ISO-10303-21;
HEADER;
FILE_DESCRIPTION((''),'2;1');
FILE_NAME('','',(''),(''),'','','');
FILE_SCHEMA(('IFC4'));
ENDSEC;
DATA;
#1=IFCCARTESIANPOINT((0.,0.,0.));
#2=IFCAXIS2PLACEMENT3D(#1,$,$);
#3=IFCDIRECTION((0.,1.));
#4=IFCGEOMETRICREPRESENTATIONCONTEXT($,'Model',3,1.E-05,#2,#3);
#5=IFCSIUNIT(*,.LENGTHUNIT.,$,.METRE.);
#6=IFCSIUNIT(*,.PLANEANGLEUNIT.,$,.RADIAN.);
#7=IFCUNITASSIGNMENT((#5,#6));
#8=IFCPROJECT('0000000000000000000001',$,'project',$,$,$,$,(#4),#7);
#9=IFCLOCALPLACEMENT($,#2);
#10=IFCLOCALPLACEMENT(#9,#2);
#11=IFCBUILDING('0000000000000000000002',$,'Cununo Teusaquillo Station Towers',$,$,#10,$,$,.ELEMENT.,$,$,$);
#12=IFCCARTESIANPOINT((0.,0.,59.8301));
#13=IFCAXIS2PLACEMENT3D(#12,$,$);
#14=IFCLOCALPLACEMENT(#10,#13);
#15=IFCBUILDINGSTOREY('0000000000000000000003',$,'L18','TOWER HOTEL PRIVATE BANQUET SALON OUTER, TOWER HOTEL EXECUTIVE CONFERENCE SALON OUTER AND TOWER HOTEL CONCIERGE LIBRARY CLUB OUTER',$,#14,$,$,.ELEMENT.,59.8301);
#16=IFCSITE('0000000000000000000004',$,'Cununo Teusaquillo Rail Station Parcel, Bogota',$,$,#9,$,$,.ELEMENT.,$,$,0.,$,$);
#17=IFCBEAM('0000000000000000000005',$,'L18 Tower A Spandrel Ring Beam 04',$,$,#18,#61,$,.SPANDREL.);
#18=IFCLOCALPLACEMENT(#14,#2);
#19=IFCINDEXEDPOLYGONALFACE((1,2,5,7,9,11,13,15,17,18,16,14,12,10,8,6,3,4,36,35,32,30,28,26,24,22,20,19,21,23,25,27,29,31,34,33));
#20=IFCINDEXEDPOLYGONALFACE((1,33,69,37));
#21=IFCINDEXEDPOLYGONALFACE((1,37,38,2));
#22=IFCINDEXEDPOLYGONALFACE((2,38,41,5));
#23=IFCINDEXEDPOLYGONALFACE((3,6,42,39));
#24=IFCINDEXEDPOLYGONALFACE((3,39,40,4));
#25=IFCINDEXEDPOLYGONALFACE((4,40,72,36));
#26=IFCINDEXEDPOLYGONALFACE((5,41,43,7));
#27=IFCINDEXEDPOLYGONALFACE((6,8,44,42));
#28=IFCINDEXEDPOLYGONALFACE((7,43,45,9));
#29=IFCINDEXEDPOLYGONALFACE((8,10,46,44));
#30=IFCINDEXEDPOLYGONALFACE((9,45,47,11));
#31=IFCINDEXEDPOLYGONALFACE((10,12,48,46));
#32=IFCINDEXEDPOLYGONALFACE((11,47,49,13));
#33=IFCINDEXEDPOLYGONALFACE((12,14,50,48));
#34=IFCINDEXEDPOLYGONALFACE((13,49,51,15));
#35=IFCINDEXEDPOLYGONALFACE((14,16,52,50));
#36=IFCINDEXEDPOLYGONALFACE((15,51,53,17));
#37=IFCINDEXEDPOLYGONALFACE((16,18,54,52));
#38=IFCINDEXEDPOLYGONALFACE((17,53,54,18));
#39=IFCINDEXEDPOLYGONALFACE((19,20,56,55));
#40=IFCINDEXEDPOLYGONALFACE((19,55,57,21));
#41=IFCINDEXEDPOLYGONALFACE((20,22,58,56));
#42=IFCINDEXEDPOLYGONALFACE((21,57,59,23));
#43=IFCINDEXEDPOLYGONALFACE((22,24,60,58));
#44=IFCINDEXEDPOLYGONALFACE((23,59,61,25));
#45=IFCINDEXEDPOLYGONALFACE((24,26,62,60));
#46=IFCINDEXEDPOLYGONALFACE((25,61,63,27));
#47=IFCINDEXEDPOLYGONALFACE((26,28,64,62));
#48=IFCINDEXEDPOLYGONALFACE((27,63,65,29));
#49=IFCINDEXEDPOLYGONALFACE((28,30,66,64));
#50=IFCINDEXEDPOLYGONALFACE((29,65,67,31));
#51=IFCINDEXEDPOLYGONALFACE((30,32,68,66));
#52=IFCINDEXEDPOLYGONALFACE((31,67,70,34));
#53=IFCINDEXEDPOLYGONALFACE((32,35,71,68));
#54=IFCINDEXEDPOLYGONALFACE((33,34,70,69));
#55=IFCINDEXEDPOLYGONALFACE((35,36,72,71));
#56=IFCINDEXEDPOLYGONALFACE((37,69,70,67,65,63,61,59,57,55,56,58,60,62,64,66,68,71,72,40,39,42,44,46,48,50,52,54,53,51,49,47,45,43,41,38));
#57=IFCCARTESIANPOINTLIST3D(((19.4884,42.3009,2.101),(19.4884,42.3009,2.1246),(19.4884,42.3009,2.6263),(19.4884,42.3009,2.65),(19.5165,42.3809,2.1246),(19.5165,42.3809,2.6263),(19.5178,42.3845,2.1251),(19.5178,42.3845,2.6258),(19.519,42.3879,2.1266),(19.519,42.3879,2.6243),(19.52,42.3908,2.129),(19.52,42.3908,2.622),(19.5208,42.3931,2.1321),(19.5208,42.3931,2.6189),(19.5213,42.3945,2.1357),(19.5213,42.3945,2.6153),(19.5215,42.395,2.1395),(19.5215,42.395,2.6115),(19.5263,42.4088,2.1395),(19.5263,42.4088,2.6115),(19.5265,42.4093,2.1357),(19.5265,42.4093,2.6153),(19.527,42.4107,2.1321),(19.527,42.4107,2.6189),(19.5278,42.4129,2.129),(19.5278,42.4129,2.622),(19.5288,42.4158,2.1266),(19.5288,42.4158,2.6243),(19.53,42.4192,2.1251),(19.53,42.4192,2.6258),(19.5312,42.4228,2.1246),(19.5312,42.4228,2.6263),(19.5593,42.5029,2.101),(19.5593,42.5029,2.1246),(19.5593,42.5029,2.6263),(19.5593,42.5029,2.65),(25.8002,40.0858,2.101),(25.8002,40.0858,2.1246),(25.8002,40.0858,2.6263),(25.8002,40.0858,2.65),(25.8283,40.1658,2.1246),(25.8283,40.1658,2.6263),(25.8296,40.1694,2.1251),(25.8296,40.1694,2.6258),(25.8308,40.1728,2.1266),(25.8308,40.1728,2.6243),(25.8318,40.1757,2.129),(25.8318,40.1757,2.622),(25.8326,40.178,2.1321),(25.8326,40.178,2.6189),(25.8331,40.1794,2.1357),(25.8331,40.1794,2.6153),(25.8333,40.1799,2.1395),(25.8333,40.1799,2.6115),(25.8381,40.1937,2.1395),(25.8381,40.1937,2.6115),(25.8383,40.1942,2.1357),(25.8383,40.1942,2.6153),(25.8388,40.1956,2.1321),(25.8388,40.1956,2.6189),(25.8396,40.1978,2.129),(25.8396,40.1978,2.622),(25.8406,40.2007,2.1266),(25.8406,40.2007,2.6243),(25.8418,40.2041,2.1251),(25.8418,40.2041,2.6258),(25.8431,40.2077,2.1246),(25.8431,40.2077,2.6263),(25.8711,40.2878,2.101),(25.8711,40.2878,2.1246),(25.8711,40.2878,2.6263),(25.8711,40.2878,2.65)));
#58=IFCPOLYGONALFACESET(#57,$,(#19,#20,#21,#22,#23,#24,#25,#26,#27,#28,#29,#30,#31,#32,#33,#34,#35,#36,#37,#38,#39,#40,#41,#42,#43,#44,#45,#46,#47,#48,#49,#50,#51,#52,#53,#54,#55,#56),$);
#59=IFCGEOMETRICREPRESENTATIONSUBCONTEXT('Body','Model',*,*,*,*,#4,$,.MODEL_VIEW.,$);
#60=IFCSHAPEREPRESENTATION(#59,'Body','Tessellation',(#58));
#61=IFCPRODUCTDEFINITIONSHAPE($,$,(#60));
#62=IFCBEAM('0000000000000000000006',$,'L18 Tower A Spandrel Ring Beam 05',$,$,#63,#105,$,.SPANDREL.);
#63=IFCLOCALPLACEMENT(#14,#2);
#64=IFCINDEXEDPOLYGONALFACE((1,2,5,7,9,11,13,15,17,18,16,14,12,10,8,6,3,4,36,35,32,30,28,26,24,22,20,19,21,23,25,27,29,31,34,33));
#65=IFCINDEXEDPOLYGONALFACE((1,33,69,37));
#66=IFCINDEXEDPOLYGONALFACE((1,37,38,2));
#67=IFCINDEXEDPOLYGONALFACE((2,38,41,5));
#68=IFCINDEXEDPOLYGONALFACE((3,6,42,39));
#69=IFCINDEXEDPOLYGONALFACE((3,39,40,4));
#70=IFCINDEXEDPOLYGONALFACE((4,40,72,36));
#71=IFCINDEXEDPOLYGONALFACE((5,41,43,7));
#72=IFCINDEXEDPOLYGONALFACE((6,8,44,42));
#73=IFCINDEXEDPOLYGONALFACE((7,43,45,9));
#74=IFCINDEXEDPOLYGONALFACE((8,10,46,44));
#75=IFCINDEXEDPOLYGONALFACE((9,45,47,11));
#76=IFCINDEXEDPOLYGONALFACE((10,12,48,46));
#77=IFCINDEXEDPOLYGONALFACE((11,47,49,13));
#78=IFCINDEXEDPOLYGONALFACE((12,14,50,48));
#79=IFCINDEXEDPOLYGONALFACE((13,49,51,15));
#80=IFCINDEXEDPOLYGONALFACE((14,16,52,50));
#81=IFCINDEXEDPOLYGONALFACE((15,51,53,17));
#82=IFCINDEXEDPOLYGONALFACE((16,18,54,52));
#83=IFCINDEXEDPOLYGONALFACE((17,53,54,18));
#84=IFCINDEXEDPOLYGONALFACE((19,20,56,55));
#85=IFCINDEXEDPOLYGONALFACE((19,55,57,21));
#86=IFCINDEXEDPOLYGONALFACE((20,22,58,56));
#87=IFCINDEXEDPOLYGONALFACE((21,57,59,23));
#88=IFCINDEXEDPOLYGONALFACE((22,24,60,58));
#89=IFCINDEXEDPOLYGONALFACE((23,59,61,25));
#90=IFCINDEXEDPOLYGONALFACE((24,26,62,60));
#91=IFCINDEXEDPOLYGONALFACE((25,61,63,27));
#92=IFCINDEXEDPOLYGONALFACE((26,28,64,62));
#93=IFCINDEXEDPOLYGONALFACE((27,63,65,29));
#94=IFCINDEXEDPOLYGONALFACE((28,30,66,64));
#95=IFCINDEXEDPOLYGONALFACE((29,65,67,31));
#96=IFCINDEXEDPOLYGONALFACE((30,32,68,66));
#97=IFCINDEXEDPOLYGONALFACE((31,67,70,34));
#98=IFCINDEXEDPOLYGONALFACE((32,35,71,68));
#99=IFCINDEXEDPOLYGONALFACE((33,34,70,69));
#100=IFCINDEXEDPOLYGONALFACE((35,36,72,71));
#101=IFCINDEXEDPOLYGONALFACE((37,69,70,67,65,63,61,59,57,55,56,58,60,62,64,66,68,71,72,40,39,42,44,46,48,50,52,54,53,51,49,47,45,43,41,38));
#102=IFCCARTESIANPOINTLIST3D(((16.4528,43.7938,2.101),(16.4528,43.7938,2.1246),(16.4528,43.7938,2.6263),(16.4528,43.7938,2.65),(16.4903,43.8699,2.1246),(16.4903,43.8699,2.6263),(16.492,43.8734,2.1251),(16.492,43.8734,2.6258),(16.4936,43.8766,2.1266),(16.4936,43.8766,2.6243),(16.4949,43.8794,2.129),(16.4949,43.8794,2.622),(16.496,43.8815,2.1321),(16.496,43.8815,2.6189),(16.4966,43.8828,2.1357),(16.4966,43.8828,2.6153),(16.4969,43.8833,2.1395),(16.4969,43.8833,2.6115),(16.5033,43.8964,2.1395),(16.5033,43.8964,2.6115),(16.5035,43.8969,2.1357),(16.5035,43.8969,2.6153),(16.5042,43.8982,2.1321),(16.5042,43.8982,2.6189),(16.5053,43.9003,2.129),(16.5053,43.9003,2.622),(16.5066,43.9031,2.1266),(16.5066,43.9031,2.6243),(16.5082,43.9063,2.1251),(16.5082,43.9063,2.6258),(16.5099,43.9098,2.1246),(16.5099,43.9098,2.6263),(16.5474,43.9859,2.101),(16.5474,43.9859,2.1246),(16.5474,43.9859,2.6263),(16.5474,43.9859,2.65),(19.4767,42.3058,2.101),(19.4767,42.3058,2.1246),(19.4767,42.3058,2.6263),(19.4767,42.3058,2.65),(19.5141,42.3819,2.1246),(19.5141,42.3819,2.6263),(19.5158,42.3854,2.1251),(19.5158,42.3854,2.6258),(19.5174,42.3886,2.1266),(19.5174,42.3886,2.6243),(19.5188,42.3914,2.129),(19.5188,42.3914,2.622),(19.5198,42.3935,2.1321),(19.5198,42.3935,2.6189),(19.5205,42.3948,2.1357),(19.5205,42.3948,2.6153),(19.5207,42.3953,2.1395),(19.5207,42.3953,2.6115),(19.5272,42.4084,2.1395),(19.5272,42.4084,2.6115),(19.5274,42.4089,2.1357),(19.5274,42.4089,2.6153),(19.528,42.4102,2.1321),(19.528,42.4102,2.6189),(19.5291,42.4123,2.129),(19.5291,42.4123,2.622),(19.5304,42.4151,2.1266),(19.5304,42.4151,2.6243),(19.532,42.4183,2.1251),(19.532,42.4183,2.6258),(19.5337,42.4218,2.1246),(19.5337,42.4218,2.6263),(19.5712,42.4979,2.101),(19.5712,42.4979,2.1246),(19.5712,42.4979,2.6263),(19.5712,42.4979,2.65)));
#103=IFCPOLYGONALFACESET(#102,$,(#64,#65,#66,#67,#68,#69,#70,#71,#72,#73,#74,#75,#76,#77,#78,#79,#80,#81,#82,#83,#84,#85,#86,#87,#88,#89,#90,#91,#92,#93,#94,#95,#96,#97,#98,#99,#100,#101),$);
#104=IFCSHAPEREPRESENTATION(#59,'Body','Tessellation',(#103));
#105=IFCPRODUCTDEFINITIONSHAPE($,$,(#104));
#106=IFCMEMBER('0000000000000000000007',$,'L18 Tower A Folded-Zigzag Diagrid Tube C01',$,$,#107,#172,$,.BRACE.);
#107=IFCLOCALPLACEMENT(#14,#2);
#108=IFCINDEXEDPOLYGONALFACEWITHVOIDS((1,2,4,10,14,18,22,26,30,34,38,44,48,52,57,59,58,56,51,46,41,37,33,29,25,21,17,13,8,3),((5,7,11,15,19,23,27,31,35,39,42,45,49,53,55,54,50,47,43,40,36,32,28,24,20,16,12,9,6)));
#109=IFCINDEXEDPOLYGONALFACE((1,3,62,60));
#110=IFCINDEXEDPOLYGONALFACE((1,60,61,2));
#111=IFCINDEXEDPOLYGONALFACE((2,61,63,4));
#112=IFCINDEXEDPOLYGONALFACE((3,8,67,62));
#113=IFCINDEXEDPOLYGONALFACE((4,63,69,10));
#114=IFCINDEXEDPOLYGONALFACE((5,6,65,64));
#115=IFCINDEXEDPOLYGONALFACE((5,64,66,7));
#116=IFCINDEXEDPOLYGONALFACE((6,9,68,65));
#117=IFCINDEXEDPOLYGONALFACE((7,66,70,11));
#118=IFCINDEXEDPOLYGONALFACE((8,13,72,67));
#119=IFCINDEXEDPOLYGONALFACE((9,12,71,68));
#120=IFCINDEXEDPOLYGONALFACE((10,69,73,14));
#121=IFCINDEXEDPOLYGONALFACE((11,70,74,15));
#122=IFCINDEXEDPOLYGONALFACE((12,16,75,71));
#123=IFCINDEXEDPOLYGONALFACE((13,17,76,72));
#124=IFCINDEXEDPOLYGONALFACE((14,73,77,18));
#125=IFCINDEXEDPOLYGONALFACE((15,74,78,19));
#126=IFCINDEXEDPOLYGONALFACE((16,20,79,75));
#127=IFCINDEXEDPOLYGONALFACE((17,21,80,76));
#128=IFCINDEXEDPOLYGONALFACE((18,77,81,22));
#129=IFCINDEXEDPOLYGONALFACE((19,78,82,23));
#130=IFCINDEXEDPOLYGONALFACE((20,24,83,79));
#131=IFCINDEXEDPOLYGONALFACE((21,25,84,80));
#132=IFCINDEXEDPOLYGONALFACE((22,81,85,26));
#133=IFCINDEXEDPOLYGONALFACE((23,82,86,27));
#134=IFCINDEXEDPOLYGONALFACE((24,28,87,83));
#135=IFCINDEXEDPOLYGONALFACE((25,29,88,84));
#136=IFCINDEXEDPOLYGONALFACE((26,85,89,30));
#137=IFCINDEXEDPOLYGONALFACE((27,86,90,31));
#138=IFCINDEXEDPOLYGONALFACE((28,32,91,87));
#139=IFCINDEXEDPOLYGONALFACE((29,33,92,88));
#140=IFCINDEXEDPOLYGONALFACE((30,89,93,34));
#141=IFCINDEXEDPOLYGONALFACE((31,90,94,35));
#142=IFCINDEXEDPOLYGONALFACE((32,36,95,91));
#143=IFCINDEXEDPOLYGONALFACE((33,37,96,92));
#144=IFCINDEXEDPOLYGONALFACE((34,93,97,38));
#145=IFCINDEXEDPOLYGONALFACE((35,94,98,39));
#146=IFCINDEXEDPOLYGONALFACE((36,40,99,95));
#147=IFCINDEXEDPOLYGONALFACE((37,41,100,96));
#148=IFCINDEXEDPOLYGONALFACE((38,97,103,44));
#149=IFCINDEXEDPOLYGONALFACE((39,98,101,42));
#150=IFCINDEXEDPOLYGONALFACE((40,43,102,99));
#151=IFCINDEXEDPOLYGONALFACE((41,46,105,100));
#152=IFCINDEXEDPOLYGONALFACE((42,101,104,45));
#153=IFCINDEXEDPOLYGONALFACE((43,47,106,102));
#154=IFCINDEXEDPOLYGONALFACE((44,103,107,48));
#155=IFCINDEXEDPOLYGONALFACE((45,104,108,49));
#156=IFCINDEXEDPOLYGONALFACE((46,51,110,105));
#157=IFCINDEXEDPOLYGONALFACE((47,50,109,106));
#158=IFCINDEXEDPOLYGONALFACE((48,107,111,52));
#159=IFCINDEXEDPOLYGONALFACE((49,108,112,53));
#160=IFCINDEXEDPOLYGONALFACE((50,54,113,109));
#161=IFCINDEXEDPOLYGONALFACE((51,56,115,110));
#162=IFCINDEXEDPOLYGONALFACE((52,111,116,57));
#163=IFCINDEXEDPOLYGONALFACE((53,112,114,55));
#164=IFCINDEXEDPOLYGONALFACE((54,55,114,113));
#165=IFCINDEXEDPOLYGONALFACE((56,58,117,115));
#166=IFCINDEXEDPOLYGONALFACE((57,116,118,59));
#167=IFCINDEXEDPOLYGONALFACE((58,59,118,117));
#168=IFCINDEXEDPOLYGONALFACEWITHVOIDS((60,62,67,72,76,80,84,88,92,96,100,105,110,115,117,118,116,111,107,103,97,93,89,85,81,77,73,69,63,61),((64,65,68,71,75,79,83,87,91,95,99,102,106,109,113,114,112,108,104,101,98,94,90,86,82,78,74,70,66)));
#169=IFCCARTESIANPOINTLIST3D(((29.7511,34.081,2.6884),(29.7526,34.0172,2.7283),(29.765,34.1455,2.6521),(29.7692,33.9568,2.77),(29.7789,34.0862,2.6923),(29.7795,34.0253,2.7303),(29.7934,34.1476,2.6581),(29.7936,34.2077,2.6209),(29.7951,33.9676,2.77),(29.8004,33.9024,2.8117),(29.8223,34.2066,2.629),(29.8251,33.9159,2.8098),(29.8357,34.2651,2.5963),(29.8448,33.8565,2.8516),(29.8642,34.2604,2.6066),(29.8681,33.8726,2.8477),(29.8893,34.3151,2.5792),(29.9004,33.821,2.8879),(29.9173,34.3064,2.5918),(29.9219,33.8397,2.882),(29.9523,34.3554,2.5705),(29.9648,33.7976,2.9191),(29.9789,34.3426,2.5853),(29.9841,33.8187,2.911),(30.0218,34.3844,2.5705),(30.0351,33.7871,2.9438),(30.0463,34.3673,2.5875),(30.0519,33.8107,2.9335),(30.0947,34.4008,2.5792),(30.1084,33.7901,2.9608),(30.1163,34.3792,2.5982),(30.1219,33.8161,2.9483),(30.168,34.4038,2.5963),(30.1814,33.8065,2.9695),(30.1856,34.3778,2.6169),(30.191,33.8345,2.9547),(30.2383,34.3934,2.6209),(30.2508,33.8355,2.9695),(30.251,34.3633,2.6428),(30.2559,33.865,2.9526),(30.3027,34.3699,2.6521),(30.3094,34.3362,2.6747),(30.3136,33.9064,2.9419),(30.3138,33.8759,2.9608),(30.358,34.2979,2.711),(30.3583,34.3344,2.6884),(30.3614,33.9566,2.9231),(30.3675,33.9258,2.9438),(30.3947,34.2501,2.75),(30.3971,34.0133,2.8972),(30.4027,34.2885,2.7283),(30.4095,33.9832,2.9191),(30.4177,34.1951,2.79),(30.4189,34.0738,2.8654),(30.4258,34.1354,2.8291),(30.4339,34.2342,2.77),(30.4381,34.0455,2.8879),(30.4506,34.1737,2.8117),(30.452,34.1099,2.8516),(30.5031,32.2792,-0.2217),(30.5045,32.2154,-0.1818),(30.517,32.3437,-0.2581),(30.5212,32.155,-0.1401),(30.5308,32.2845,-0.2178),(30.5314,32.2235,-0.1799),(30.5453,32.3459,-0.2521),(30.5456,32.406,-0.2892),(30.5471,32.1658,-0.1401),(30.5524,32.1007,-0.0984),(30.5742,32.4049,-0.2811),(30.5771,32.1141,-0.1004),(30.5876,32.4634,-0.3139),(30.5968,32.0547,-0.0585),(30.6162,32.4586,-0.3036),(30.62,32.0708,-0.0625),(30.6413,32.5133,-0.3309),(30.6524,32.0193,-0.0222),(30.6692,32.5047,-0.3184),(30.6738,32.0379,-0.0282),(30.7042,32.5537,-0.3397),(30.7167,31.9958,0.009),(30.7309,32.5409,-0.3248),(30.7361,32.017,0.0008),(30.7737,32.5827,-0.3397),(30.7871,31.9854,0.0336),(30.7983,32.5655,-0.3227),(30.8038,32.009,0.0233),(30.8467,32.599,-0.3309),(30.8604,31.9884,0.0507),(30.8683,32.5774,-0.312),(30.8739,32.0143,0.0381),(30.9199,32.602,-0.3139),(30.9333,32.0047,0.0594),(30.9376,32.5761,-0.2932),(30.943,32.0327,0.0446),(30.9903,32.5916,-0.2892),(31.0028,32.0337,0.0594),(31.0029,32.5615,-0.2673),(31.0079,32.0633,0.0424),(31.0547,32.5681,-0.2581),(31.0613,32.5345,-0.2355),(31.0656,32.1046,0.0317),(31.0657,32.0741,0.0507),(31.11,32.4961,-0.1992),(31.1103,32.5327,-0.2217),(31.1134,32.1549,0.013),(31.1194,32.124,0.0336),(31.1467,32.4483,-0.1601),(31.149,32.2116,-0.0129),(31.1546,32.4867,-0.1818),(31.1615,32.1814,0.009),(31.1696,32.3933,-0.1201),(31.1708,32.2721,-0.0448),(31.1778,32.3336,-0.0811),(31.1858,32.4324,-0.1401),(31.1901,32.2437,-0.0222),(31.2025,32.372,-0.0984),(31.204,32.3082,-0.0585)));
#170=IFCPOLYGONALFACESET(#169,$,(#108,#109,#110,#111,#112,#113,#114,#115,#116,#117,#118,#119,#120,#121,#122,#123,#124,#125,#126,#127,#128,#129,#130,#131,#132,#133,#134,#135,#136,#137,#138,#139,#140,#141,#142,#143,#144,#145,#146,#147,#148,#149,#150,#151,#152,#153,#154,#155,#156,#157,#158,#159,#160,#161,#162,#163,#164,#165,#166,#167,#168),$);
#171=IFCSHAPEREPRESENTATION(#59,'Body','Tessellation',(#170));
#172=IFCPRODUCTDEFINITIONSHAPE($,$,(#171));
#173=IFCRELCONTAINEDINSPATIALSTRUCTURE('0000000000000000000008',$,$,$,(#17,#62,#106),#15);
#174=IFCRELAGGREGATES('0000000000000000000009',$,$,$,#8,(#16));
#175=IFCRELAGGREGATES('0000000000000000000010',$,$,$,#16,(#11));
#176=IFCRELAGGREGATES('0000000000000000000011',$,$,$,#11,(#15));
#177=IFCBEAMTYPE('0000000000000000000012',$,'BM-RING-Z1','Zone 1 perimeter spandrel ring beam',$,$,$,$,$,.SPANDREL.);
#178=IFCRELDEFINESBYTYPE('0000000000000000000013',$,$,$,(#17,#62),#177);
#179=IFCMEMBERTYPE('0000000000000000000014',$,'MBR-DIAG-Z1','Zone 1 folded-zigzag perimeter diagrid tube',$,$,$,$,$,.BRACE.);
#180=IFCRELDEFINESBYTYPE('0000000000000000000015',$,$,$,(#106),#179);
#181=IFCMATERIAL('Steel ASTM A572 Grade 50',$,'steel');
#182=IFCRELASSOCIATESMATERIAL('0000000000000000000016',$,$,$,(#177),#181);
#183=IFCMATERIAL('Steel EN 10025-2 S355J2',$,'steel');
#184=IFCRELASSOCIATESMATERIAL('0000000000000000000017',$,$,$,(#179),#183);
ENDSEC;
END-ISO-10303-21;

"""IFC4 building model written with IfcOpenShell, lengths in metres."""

from ifc_helpers import new_model, si_unit, direction, frame, origin, origin_2d, place, context, subcontext, project, spatial, hollow_circle, i_section, extrude, material, material_profile, profile_set, type_object, element, save


model = new_model("IFC4")

# Units and contexts
model_context = context("Model", 3, precision=1e-05, world=origin(), true_north=direction((0.0, 1.0)))
body_context = subcontext(model_context, "Body", "Model", "MODEL_VIEW")
ifc_project = project(units=[si_unit("LENGTHUNIT", "METRE"), si_unit("PLANEANGLEUNIT", "RADIAN")], contexts=[model_context])

# Site, building, storey
site_placement = place(None, origin())
site = spatial("IfcSite", under=ifc_project, at=site_placement, Name="Cununo Teusaquillo Rail Station Parcel, Bogota", CompositionType="ELEMENT", RefElevation=0.0)
building_placement = place(site_placement, origin())
building = spatial("IfcBuilding", under=site, at=building_placement, Name="Cununo Teusaquillo Station Towers", CompositionType="ELEMENT")
storey_placement = place(building_placement, frame((0.0, 0.0, 59.8301)))
storey = spatial("IfcBuildingStorey", under=building, at=storey_placement, Name="L18", Description="TOWER HOTEL PRIVATE BANQUET SALON OUTER, TOWER HOTEL EXECUTIVE CONFERENCE SALON OUTER AND TOWER HOTEL CONCIERGE LIBRARY CLUB OUTER", CompositionType="ELEMENT", Elevation=59.8301)

# Beams
ifc_material_1 = material(Name="Steel ASTM A572 Grade 50", Category="steel")
ifc_material_profile_1 = material_profile(ifc_material_1, i_section(OverallWidth=0.2141, OverallDepth=0.5491, WebThickness=0.0146, FlangeThickness=0.0237, FilletRadius=0.0149, at=origin_2d()), Name="W21X93")
ifc_profile_set_1 = profile_set([ifc_material_profile_1], Name="Steel ASTM A572 Grade 50")
beam_type_1 = type_object("IfcBeamType", Name="BM-RING-Z1", Description="Zone 1 perimeter spandrel ring beam", PredefinedType="SPANDREL", material=ifc_profile_set_1)
beam_1_placement = place(storey_placement, frame((25.8357, 40.1868, 2.3755), z_axis=(-0.94358, 0.331145, 0.0), x_axis=(-0.331145, -0.94358, 0.0)))
element("IfcBeam", 1, at=beam_1_placement, inside=storey, type_object=beam_type_1, Name="L18 Tower A Spandrel Ring Beam 04", PredefinedType="SPANDREL", context=body_context, shape_type="SweptSolid", body=[
    extrude(i_section(OverallWidth=0.2141, OverallDepth=0.5491, WebThickness=0.0146, FlangeThickness=0.0237, FilletRadius=0.0149, at=origin_2d()), origin(), (0.0, 0.0, 1.0), 6.6892),
])
beam_2_placement = place(storey_placement, frame((19.5239, 42.4019, 2.3755), z_axis=(-0.897249, 0.441525, 0.0), x_axis=(-0.441525, -0.897249, 0.0)))
element("IfcBeam", 2, at=beam_2_placement, inside=storey, type_object=beam_type_1, Name="L18 Tower A Spandrel Ring Beam 05", PredefinedType="SPANDREL", context=body_context, shape_type="SweptSolid", body=[
    extrude(i_section(OverallWidth=0.2141, OverallDepth=0.5491, WebThickness=0.0146, FlangeThickness=0.0237, FilletRadius=0.0149, at=origin_2d()), origin(), (0.0, 0.0, 1.0), 3.3701),
])

# Member
ifc_material_2 = material(Name="Steel EN 10025-2 S355J2", Category="steel")
ifc_material_profile_2 = material_profile(ifc_material_2, hollow_circle(Radius=0.3601, WallThickness=0.0281, at=origin_2d()), Name="CHS 720x28")
ifc_profile_set_2 = profile_set([ifc_material_profile_2], Name="Steel EN 10025-2 S355J2")
member_type = type_object("IfcMemberType", Name="MBR-DIAG-Z1", Description="Zone 1 folded-zigzag perimeter diagrid tube", PredefinedType="BRACE", material=ifc_profile_set_2)
member_1_placement = place(storey_placement, frame((30.8535, 32.2937, -0.1401), z_axis=(-0.214574, 0.514143, 0.830431), x_axis=(-0.922855, -0.385148, 0.0)))
element("IfcMember", 3, at=member_1_placement, inside=storey, type_object=member_type, Name="L18 Tower A Folded-Zigzag Diagrid Tube C01", PredefinedType="BRACE", context=body_context, shape_type="SweptSolid", body=[
    extrude(hollow_circle(Radius=0.3601, WallThickness=0.0281, at=origin_2d()), origin(), (0.0, 0.0, 1.0), 3.5044),
])

save(model, "model.ifc")
